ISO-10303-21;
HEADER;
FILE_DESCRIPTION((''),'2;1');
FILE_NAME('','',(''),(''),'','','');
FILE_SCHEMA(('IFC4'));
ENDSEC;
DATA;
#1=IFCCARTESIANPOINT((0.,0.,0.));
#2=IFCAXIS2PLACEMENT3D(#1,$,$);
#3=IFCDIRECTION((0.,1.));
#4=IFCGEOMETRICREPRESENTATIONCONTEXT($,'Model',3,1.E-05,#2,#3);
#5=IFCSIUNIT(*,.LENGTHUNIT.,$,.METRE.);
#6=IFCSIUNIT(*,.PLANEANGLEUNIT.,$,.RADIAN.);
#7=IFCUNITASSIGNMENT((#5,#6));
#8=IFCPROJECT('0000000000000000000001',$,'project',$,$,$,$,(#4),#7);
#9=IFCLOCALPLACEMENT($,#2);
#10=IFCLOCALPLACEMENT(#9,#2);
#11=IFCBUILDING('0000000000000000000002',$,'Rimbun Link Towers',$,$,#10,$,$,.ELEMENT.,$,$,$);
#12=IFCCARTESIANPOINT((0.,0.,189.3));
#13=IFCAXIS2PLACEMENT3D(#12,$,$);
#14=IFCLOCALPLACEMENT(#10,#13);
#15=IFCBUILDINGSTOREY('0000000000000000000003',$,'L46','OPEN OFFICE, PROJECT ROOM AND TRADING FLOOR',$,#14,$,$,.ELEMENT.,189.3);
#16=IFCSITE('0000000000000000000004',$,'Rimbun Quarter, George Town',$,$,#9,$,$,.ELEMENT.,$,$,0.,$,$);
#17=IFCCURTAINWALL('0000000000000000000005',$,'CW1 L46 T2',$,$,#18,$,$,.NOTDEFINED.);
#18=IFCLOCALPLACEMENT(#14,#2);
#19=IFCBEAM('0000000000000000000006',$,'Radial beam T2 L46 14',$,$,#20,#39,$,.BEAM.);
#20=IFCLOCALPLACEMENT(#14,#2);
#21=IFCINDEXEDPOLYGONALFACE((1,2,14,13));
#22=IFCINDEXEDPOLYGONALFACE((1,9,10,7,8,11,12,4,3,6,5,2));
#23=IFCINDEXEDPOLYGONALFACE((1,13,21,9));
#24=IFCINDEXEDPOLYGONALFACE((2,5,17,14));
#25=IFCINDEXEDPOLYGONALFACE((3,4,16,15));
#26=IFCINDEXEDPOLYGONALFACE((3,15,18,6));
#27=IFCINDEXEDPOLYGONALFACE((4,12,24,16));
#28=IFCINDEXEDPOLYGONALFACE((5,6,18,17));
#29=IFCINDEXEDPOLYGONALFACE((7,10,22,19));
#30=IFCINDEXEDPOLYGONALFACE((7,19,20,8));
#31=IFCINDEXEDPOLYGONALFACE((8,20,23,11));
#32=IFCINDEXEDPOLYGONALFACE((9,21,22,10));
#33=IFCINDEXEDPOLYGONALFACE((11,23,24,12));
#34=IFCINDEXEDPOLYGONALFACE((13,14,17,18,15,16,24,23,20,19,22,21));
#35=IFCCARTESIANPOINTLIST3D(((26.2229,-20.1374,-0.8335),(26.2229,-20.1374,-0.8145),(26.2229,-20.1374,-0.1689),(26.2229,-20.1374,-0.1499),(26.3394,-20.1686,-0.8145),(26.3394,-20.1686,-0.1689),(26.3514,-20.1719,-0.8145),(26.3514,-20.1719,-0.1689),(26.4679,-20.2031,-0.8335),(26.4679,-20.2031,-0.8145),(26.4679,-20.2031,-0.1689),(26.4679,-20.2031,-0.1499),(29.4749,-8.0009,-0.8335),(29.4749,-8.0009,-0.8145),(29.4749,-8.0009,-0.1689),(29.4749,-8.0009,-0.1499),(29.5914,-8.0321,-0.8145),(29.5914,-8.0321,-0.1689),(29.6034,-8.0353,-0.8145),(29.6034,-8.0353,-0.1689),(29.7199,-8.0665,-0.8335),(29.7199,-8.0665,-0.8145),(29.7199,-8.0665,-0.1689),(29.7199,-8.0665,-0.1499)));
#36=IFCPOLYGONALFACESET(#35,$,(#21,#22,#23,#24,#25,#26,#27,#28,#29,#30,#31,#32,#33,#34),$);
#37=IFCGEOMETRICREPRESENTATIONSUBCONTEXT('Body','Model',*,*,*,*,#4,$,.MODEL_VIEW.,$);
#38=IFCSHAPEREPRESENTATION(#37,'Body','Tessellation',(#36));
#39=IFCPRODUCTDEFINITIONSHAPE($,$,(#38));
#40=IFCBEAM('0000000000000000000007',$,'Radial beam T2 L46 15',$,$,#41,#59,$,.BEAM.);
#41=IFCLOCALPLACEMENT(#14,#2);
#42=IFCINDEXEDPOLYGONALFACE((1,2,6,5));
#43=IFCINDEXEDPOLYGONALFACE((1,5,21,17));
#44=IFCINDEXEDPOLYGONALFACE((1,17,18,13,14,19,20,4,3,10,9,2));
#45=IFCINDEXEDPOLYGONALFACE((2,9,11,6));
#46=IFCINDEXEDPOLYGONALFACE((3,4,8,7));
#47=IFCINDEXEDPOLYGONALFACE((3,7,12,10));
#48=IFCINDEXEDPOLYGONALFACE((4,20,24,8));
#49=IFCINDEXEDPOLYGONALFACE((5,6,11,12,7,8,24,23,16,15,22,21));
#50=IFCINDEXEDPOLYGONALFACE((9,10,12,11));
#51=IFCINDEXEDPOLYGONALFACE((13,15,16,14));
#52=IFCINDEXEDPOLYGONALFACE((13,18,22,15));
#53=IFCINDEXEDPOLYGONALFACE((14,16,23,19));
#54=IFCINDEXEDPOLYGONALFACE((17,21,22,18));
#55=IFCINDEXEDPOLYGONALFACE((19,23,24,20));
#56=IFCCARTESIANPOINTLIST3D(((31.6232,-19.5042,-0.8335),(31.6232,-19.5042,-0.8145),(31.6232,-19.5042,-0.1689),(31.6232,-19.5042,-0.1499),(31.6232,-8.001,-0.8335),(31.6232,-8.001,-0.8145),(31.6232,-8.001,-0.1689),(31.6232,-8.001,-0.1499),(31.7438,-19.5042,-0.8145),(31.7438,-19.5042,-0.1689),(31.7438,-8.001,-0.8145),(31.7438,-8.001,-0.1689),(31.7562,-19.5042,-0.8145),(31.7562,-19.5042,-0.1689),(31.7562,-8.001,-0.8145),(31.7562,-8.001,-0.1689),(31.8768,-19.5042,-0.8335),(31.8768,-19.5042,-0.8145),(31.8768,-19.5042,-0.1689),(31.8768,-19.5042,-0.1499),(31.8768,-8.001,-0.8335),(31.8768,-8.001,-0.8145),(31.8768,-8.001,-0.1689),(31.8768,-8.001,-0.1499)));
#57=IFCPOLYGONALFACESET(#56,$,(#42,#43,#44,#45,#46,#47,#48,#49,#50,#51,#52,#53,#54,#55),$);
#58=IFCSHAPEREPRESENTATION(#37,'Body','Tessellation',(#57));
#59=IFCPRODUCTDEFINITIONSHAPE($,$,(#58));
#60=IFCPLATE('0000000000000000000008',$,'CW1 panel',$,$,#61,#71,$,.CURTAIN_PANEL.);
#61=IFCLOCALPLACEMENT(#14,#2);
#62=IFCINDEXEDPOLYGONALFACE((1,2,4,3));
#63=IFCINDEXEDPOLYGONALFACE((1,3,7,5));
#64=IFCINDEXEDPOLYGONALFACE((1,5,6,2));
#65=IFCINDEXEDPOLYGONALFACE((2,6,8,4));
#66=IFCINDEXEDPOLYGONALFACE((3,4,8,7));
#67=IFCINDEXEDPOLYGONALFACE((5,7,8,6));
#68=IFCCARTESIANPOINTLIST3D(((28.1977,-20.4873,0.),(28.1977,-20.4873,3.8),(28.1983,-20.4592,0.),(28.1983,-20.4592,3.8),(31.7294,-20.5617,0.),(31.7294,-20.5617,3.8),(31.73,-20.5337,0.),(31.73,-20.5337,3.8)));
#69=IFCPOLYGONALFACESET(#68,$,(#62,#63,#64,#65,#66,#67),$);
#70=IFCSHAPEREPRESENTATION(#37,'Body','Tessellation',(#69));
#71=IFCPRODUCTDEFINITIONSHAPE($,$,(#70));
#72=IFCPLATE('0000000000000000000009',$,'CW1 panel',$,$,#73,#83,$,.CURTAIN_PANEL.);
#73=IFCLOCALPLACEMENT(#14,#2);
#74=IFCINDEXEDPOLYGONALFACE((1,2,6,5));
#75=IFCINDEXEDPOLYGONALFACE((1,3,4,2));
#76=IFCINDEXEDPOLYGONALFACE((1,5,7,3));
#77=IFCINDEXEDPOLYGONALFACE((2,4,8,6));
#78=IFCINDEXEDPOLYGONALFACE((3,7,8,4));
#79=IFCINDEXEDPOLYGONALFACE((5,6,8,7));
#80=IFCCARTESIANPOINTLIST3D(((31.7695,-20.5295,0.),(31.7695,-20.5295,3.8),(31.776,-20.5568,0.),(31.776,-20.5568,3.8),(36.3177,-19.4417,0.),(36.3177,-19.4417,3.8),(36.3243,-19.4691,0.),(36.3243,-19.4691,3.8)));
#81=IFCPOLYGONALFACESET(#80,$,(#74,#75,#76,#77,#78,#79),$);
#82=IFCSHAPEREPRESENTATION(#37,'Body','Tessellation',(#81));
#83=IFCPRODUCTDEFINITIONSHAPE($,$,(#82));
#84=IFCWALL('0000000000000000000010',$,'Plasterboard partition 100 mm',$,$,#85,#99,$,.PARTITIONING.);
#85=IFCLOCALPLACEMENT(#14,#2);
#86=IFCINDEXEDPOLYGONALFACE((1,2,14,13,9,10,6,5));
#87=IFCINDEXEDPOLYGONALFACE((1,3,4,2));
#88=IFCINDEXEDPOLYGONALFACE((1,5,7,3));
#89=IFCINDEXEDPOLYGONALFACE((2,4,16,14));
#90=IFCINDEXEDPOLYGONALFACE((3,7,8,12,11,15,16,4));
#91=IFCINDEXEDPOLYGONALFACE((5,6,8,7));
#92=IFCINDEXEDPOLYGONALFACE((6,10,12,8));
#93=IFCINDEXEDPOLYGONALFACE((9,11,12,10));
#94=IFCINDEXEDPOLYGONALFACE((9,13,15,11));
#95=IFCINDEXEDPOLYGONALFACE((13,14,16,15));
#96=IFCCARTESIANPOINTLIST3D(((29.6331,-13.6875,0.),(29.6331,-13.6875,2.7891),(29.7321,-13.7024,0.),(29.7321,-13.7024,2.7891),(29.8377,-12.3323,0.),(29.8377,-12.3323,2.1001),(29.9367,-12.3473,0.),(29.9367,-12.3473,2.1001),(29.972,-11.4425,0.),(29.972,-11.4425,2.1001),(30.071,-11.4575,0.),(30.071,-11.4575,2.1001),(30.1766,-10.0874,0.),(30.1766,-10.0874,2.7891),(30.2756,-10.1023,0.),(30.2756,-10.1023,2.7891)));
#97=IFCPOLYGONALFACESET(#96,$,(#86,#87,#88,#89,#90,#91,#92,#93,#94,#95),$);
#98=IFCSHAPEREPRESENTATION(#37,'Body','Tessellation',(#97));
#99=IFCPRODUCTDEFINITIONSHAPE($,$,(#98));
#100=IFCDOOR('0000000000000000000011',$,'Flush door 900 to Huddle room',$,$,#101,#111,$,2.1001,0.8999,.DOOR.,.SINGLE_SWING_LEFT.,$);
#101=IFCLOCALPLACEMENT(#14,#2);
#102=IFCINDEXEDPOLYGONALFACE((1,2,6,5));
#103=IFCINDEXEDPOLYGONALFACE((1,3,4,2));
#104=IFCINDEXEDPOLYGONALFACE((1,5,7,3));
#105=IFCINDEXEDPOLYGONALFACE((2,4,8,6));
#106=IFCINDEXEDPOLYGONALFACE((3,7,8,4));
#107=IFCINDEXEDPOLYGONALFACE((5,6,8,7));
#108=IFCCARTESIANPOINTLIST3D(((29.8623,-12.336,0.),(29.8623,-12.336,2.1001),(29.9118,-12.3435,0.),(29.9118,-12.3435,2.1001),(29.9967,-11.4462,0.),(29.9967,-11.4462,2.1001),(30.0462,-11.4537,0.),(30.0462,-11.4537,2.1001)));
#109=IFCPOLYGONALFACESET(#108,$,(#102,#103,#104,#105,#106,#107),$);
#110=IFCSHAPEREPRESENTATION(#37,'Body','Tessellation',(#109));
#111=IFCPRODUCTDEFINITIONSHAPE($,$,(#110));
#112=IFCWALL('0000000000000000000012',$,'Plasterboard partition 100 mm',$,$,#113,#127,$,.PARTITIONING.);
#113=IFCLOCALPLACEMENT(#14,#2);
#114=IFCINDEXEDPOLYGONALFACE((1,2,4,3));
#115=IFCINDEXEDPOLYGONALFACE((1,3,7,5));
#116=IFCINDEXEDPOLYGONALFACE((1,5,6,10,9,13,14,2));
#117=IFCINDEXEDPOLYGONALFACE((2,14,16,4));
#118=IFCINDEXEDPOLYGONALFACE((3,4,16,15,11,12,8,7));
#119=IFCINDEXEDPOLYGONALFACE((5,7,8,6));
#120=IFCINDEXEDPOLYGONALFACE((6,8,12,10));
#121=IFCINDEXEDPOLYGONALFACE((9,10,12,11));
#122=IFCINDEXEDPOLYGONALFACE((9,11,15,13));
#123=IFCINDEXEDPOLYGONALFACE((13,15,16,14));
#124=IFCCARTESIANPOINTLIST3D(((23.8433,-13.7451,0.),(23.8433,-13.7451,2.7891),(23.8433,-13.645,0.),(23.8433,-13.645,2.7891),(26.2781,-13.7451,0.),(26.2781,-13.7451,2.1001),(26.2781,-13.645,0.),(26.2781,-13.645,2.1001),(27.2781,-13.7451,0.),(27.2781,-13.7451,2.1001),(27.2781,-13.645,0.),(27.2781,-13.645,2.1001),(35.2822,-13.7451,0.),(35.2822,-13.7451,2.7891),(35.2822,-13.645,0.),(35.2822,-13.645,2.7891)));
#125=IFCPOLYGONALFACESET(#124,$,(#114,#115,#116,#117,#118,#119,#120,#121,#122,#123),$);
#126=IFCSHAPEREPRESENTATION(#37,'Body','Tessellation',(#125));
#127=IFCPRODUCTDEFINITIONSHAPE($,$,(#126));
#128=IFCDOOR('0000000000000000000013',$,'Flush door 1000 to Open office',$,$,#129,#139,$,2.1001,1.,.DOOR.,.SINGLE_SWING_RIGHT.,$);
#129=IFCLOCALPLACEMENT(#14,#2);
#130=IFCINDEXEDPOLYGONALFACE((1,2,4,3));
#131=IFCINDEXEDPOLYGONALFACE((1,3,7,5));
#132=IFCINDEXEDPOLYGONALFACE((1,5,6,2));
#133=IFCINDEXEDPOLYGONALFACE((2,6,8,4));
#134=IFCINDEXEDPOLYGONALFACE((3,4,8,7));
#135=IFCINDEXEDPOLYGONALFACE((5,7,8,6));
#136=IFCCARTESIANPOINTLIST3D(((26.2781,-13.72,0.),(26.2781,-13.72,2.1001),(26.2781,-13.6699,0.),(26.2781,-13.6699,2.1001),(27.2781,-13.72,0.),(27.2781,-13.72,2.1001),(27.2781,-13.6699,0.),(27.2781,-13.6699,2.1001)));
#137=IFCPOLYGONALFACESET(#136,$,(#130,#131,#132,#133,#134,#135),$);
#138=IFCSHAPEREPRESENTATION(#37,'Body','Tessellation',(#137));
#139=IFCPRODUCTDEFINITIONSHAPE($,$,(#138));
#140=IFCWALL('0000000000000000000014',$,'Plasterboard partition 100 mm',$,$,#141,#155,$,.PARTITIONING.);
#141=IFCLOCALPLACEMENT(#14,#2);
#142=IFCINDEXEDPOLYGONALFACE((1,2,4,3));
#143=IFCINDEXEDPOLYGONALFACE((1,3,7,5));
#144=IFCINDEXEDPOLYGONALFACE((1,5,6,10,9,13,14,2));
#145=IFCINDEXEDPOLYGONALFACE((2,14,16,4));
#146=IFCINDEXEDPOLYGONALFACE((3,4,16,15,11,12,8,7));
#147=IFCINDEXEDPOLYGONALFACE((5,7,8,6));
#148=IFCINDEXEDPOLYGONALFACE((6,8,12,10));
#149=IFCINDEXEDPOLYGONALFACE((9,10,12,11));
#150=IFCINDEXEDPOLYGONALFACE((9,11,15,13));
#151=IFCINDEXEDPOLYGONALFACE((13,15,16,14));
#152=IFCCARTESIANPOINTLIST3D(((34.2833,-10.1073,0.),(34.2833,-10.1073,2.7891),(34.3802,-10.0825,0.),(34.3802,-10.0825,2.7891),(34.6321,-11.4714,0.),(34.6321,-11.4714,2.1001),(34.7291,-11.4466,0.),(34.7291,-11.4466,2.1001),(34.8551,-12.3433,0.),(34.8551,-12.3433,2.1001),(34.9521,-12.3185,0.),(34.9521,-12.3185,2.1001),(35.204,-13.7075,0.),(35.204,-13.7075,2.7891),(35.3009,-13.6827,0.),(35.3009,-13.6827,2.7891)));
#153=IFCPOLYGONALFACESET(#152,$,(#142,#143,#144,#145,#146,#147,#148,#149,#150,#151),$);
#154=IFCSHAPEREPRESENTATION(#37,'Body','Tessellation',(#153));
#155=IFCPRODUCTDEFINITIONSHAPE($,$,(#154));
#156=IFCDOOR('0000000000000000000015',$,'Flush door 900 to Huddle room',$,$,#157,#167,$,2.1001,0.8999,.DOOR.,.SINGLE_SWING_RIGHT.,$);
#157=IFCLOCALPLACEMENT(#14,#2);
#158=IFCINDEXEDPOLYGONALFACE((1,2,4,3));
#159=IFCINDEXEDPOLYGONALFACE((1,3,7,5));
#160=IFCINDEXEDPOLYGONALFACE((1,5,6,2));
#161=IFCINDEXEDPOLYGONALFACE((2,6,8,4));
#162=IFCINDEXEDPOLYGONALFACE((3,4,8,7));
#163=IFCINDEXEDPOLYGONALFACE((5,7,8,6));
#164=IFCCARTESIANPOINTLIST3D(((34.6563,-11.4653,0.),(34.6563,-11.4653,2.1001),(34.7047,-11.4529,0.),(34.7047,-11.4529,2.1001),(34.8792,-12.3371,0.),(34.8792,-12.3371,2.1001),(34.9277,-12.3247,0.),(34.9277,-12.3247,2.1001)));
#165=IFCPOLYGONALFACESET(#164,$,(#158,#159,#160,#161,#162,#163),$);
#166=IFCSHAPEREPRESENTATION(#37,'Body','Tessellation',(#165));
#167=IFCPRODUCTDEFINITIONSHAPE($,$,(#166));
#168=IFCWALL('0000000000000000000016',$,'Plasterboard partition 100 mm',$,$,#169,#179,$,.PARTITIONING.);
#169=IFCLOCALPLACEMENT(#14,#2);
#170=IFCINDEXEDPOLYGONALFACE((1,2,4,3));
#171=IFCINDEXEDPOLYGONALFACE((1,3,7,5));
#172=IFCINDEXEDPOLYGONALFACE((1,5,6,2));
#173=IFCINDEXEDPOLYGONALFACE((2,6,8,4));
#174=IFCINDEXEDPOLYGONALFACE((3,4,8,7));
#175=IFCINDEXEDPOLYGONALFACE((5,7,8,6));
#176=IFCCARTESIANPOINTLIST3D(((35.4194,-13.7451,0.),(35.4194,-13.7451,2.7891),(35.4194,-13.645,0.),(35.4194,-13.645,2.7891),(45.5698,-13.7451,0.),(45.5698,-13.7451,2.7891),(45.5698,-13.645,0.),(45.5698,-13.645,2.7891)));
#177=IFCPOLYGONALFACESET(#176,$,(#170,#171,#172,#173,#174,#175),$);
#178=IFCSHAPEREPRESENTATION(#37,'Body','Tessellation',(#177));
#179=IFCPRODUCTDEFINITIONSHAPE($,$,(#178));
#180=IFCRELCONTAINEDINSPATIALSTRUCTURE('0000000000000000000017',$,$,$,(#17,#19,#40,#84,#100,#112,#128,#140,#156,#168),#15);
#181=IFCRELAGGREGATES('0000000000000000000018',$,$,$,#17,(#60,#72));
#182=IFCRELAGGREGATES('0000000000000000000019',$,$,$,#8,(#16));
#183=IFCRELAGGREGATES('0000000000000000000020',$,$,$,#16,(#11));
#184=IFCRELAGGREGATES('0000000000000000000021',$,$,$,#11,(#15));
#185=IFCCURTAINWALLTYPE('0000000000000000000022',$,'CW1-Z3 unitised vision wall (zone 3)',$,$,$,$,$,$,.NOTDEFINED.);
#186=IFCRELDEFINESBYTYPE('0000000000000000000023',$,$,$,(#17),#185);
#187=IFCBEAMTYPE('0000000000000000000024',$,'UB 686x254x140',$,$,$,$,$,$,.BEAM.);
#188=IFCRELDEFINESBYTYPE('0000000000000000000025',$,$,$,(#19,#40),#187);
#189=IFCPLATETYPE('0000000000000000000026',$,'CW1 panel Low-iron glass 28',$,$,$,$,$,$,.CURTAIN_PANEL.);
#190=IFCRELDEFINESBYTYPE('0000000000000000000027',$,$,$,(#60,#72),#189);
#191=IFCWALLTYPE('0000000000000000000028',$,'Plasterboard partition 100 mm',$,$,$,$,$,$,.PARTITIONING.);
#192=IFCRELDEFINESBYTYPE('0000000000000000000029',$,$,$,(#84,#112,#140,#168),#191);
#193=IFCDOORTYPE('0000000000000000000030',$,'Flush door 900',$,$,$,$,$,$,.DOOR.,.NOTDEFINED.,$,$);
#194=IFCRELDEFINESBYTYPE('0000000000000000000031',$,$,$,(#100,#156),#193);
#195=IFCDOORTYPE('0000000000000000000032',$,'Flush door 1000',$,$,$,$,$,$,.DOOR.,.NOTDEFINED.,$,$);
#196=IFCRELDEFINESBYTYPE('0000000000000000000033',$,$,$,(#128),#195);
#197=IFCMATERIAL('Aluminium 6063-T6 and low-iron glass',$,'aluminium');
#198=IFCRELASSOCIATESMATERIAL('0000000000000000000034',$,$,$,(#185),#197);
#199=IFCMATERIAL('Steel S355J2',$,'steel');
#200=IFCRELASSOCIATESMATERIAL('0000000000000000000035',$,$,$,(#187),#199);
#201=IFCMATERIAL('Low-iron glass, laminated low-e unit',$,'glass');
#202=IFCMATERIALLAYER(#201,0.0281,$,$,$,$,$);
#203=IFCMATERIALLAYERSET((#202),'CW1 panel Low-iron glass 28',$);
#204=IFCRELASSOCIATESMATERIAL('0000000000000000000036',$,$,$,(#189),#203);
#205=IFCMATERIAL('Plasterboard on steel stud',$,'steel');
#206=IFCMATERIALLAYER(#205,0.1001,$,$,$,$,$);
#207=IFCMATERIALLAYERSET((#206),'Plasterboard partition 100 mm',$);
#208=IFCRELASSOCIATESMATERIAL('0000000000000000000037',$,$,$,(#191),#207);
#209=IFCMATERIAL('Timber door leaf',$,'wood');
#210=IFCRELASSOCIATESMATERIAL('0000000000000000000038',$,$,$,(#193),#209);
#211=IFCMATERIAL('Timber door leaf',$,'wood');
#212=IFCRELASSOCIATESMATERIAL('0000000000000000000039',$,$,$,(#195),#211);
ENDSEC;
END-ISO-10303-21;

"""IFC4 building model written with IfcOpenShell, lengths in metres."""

from ifc_helpers import new_model, si_unit, direction, frame, frame_2d, origin, origin_2d, place, context, subcontext, project, spatial, rectangle, i_section, extrude, material, layer, layer_set, material_profile, profile_set, type_object, element, fill, aggregate, save


model = new_model("IFC4")

# Units and contexts
model_context = context("Model", 3, precision=1e-05, world=origin(), true_north=direction((0.0, 1.0)))
body_context = subcontext(model_context, "Body", "Model", "MODEL_VIEW")
ifc_project = project(units=[si_unit("LENGTHUNIT", "METRE"), si_unit("PLANEANGLEUNIT", "RADIAN")], contexts=[model_context])

# Site, building, storey
site_placement = place(None, origin())
site = spatial("IfcSite", under=ifc_project, at=site_placement, Name="Rimbun Quarter, George Town", CompositionType="ELEMENT", RefElevation=0.0)
building_placement = place(site_placement, origin())
building = spatial("IfcBuilding", under=site, at=building_placement, Name="Rimbun Link Towers", CompositionType="ELEMENT")
storey_placement = place(building_placement, frame((0.0, 0.0, 189.3)))
storey = spatial("IfcBuildingStorey", under=building, at=storey_placement, Name="L46", Description="OPEN OFFICE, PROJECT ROOM AND TRADING FLOOR", CompositionType="ELEMENT", Elevation=189.3)

# Curtain wall
ifc_material_1 = material(Name="Aluminium 6063-T6 and low-iron glass", Category="aluminium")
curtain_wall_type = type_object("IfcCurtainWallType", Name="CW1-Z3 unitised vision wall (zone 3)", PredefinedType="NOTDEFINED", material=ifc_material_1)
curtain_wall_placement = place(storey_placement, origin())
curtain_wall = element("IfcCurtainWall", 1, at=curtain_wall_placement, inside=storey, type_object=curtain_wall_type, Name="CW1 L46 T2", PredefinedType="NOTDEFINED")

# Beams
ifc_material_2 = material(Name="Steel S355J2", Category="steel")
ifc_material_profile_1 = material_profile(ifc_material_2, i_section(OverallWidth=0.2537, OverallDepth=0.6836, WebThickness=0.0125, FlangeThickness=0.019, at=origin_2d()), Name="UB 686x254x140")
ifc_profile_set_1 = profile_set([ifc_material_profile_1], Name="Steel S355J2")
beam_type_1 = type_object("IfcBeamType", Name="UB 686x254x140", PredefinedType="BEAM", material=ifc_profile_set_1)
beam_1_placement = place(storey_placement, frame((29.5974, -8.0337, -0.4917), z_axis=(-0.258819, -0.965926, 0.0), x_axis=(0.965926, -0.258819, 0.0)))
element("IfcBeam", 2, at=beam_1_placement, inside=storey, type_object=beam_type_1, Name="Radial beam T2 L46 14", PredefinedType="BEAM", context=body_context, shape_type="SweptSolid", body=[
    extrude(i_section(OverallWidth=0.2537, OverallDepth=0.6836, WebThickness=0.0125, FlangeThickness=0.019, at=origin_2d()), origin(), (0.0, 0.0, 1.0), 12.5647),
])
beam_2_placement = place(storey_placement, frame((31.75, -8.001, -0.4917), z_axis=(0.0, -1.0, 0.0), x_axis=(1.0, 0.0, 0.0)))
element("IfcBeam", 3, at=beam_2_placement, inside=storey, type_object=beam_type_1, Name="Radial beam T2 L46 15", PredefinedType="BEAM", context=body_context, shape_type="SweptSolid", body=[
    extrude(i_section(OverallWidth=0.2537, OverallDepth=0.6836, WebThickness=0.0125, FlangeThickness=0.019, at=origin_2d()), origin(), (0.0, 0.0, 1.0), 11.5032),
])

# Plates
ifc_material_3 = material(Name="Low-iron glass, laminated low-e unit", Category="glass")
ifc_layer_1 = layer(ifc_material_3, 0.0281)
ifc_layer_set_1 = layer_set([ifc_layer_1], Name="CW1 panel Low-iron glass 28")
plate_type = type_object("IfcPlateType", Name="CW1 panel Low-iron glass 28", PredefinedType="CURTAIN_PANEL", material=ifc_layer_set_1)
plate_1_placement = place(storey_placement, frame((29.9639, -20.5105, 0.0), z_axis=(0.0, 0.0, 1.0), x_axis=(-0.999778, 0.021069, 0.0)))
plate_1 = element("IfcPlate", 4, at=plate_1_placement, type_object=plate_type, Name="CW1 panel", PredefinedType="CURTAIN_PANEL", context=body_context, shape_type="SweptSolid", body=[
    extrude(rectangle(XDim=3.5325, YDim=0.0281, at=origin_2d()), origin(), (0.0, 0.0, 1.0), 3.8),
])
plate_2_placement = place(storey_placement, frame((34.0469, -19.9993, 0.0), z_axis=(0.0, 0.0, 1.0), x_axis=(-0.972573, -0.232596, 0.0)))
plate_2 = element("IfcPlate", 5, at=plate_2_placement, type_object=plate_type, Name="CW1 panel", PredefinedType="CURTAIN_PANEL", context=body_context, shape_type="SweptSolid", body=[
    extrude(rectangle(XDim=4.6765, YDim=0.0281, at=origin_2d()), origin(), (0.0, 0.0, 1.0), 3.8),
])
aggregate(curtain_wall, [plate_1, plate_2])

# Walls, openings, doors
ifc_material_4 = material(Name="Plasterboard on steel stud", Category="steel")
ifc_layer_2 = layer(ifc_material_4, 0.1001)
ifc_layer_set_2 = layer_set([ifc_layer_2], Name="Plasterboard partition 100 mm")
wall_type_1 = type_object("IfcWallType", Name="Plasterboard partition 100 mm", PredefinedType="PARTITIONING", material=ifc_layer_set_2)
wall_1_placement = place(storey_placement, frame((30.2261, -10.095, 0.0), z_axis=(0.0, 0.0, 1.0), x_axis=(-0.149265, -0.988797, 0.0)))
wall_1 = element("IfcWall", 6, at=wall_1_placement, inside=storey, type_object=wall_type_1, Name="Plasterboard partition 100 mm", PredefinedType="PARTITIONING", context=body_context, shape_type="SweptSolid", body=[
    extrude(rectangle(XDim=3.6409, YDim=0.1001, at=frame_2d((1.8203, 0.0))), origin(), (0.0, 0.0, 1.0), 2.7891),
])
opening_1_placement = place(wall_1_placement, frame((1.3704, 0.0, 0.0)))
opening_1 = element("IfcOpeningElement", 7, at=opening_1_placement, cuts=wall_1, PredefinedType="OPENING", context=body_context, shape_type="SweptSolid", body=[
    extrude(rectangle(XDim=0.8999, YDim=2.1001, at=frame_2d((0.45, 1.05))), frame((0.0, 0.0601, 0.0), z_axis=(0.0, -1.0, 0.0), x_axis=(1.0, 0.0, 0.0)), (0.0, 0.0, 1.0), 0.1201),
])
ifc_material_5 = material(Name="Timber door leaf", Category="wood")
door_type_1 = type_object("IfcDoorType", Name="Flush door 900", OperationType="NOTDEFINED", PredefinedType="DOOR", material=ifc_material_5)
door_1_placement = place(opening_1_placement, origin())
door_1 = element("IfcDoor", 8, at=door_1_placement, inside=storey, type_object=door_type_1, Name="Flush door 900 to Huddle room", OperationType="SINGLE_SWING_LEFT", OverallHeight=2.1001, OverallWidth=0.8999, PredefinedType="DOOR", context=body_context, shape_type="SweptSolid", body=[
    extrude(rectangle(XDim=0.8999, YDim=2.1001, at=frame_2d((0.45, 1.05))), frame((0.0, 0.0249, 0.0), z_axis=(0.0, -1.0, 0.0), x_axis=(1.0, 0.0, 0.0)), (0.0, 0.0, 1.0), 0.05),
])
fill(opening_1, door_1)
wall_2_placement = place(storey_placement, frame((35.2822, -13.6951, 0.0), z_axis=(0.0, 0.0, 1.0), x_axis=(-1.0, 0.0, 0.0)))
wall_2 = element("IfcWall", 9, at=wall_2_placement, inside=storey, type_object=wall_type_1, Name="Plasterboard partition 100 mm", PredefinedType="PARTITIONING", context=body_context, shape_type="SweptSolid", body=[
    extrude(rectangle(XDim=11.439, YDim=0.1001, at=frame_2d((5.7195, 0.0))), origin(), (0.0, 0.0, 1.0), 2.7891),
])
opening_2_placement = place(wall_2_placement, frame((8.0042, 0.0, 0.0)))
opening_2 = element("IfcOpeningElement", 10, at=opening_2_placement, cuts=wall_2, PredefinedType="OPENING", context=body_context, shape_type="SweptSolid", body=[
    extrude(rectangle(XDim=1.0, YDim=2.1001, at=frame_2d((0.5, 1.05))), frame((0.0, 0.0601, 0.0), z_axis=(0.0, -1.0, 0.0), x_axis=(1.0, 0.0, 0.0)), (0.0, 0.0, 1.0), 0.1201),
])
ifc_material_6 = material(Name="Timber door leaf", Category="wood")
door_type_2 = type_object("IfcDoorType", Name="Flush door 1000", OperationType="NOTDEFINED", PredefinedType="DOOR", material=ifc_material_6)
door_2_placement = place(opening_2_placement, origin())
door_2 = element("IfcDoor", 11, at=door_2_placement, inside=storey, type_object=door_type_2, Name="Flush door 1000 to Open office", OperationType="SINGLE_SWING_RIGHT", OverallHeight=2.1001, OverallWidth=1.0, PredefinedType="DOOR", context=body_context, shape_type="SweptSolid", body=[
    extrude(rectangle(XDim=1.0, YDim=2.1001, at=frame_2d((0.5, 1.05))), frame((0.0, 0.0249, 0.0), z_axis=(0.0, -1.0, 0.0), x_axis=(1.0, 0.0, 0.0)), (0.0, 0.0, 1.0), 0.05),
])
fill(opening_2, door_2)
wall_3_placement = place(storey_placement, frame((34.3318, -10.095, 0.0), z_axis=(0.0, 0.0, 1.0), x_axis=(0.247757, -0.968822, 0.0)))
wall_3 = element("IfcWall", 12, at=wall_3_placement, inside=storey, type_object=wall_type_1, Name="Plasterboard partition 100 mm", PredefinedType="PARTITIONING", context=body_context, shape_type="SweptSolid", body=[
    extrude(rectangle(XDim=3.7161, YDim=0.1001, at=frame_2d((1.8579, 0.0))), origin(), (0.0, 0.0, 1.0), 2.7891),
])
opening_3_placement = place(wall_3_placement, frame((1.408, 0.0, 0.0)))
opening_3 = element("IfcOpeningElement", 13, at=opening_3_placement, cuts=wall_3, PredefinedType="OPENING", context=body_context, shape_type="SweptSolid", body=[
    extrude(rectangle(XDim=0.8999, YDim=2.1001, at=frame_2d((0.45, 1.05))), frame((0.0, 0.0601, 0.0), z_axis=(0.0, -1.0, 0.0), x_axis=(1.0, 0.0, 0.0)), (0.0, 0.0, 1.0), 0.1201),
])
door_3_placement = place(opening_3_placement, origin())
door_3 = element("IfcDoor", 14, at=door_3_placement, inside=storey, type_object=door_type_1, Name="Flush door 900 to Huddle room", OperationType="SINGLE_SWING_RIGHT", OverallHeight=2.1001, OverallWidth=0.8999, PredefinedType="DOOR", context=body_context, shape_type="SweptSolid", body=[
    extrude(rectangle(XDim=0.8999, YDim=2.1001, at=frame_2d((0.45, 1.05))), frame((0.0, 0.0249, 0.0), z_axis=(0.0, -1.0, 0.0), x_axis=(1.0, 0.0, 0.0)), (0.0, 0.0, 1.0), 0.05),
])
fill(opening_3, door_3)

# Wall
wall_4_placement = place(storey_placement, frame((35.4194, -13.6951, 0.0), z_axis=(0.0, 0.0, 1.0), x_axis=(1.0, 0.0, 0.0)))
element("IfcWall", 15, at=wall_4_placement, inside=storey, type_object=wall_type_1, Name="Plasterboard partition 100 mm", PredefinedType="PARTITIONING", context=body_context, shape_type="SweptSolid", body=[
    extrude(rectangle(XDim=10.1504, YDim=0.1001, at=frame_2d((5.0752, 0.0))), origin(), (0.0, 0.0, 1.0), 2.7891),
])

save(model, "model.ifc")
